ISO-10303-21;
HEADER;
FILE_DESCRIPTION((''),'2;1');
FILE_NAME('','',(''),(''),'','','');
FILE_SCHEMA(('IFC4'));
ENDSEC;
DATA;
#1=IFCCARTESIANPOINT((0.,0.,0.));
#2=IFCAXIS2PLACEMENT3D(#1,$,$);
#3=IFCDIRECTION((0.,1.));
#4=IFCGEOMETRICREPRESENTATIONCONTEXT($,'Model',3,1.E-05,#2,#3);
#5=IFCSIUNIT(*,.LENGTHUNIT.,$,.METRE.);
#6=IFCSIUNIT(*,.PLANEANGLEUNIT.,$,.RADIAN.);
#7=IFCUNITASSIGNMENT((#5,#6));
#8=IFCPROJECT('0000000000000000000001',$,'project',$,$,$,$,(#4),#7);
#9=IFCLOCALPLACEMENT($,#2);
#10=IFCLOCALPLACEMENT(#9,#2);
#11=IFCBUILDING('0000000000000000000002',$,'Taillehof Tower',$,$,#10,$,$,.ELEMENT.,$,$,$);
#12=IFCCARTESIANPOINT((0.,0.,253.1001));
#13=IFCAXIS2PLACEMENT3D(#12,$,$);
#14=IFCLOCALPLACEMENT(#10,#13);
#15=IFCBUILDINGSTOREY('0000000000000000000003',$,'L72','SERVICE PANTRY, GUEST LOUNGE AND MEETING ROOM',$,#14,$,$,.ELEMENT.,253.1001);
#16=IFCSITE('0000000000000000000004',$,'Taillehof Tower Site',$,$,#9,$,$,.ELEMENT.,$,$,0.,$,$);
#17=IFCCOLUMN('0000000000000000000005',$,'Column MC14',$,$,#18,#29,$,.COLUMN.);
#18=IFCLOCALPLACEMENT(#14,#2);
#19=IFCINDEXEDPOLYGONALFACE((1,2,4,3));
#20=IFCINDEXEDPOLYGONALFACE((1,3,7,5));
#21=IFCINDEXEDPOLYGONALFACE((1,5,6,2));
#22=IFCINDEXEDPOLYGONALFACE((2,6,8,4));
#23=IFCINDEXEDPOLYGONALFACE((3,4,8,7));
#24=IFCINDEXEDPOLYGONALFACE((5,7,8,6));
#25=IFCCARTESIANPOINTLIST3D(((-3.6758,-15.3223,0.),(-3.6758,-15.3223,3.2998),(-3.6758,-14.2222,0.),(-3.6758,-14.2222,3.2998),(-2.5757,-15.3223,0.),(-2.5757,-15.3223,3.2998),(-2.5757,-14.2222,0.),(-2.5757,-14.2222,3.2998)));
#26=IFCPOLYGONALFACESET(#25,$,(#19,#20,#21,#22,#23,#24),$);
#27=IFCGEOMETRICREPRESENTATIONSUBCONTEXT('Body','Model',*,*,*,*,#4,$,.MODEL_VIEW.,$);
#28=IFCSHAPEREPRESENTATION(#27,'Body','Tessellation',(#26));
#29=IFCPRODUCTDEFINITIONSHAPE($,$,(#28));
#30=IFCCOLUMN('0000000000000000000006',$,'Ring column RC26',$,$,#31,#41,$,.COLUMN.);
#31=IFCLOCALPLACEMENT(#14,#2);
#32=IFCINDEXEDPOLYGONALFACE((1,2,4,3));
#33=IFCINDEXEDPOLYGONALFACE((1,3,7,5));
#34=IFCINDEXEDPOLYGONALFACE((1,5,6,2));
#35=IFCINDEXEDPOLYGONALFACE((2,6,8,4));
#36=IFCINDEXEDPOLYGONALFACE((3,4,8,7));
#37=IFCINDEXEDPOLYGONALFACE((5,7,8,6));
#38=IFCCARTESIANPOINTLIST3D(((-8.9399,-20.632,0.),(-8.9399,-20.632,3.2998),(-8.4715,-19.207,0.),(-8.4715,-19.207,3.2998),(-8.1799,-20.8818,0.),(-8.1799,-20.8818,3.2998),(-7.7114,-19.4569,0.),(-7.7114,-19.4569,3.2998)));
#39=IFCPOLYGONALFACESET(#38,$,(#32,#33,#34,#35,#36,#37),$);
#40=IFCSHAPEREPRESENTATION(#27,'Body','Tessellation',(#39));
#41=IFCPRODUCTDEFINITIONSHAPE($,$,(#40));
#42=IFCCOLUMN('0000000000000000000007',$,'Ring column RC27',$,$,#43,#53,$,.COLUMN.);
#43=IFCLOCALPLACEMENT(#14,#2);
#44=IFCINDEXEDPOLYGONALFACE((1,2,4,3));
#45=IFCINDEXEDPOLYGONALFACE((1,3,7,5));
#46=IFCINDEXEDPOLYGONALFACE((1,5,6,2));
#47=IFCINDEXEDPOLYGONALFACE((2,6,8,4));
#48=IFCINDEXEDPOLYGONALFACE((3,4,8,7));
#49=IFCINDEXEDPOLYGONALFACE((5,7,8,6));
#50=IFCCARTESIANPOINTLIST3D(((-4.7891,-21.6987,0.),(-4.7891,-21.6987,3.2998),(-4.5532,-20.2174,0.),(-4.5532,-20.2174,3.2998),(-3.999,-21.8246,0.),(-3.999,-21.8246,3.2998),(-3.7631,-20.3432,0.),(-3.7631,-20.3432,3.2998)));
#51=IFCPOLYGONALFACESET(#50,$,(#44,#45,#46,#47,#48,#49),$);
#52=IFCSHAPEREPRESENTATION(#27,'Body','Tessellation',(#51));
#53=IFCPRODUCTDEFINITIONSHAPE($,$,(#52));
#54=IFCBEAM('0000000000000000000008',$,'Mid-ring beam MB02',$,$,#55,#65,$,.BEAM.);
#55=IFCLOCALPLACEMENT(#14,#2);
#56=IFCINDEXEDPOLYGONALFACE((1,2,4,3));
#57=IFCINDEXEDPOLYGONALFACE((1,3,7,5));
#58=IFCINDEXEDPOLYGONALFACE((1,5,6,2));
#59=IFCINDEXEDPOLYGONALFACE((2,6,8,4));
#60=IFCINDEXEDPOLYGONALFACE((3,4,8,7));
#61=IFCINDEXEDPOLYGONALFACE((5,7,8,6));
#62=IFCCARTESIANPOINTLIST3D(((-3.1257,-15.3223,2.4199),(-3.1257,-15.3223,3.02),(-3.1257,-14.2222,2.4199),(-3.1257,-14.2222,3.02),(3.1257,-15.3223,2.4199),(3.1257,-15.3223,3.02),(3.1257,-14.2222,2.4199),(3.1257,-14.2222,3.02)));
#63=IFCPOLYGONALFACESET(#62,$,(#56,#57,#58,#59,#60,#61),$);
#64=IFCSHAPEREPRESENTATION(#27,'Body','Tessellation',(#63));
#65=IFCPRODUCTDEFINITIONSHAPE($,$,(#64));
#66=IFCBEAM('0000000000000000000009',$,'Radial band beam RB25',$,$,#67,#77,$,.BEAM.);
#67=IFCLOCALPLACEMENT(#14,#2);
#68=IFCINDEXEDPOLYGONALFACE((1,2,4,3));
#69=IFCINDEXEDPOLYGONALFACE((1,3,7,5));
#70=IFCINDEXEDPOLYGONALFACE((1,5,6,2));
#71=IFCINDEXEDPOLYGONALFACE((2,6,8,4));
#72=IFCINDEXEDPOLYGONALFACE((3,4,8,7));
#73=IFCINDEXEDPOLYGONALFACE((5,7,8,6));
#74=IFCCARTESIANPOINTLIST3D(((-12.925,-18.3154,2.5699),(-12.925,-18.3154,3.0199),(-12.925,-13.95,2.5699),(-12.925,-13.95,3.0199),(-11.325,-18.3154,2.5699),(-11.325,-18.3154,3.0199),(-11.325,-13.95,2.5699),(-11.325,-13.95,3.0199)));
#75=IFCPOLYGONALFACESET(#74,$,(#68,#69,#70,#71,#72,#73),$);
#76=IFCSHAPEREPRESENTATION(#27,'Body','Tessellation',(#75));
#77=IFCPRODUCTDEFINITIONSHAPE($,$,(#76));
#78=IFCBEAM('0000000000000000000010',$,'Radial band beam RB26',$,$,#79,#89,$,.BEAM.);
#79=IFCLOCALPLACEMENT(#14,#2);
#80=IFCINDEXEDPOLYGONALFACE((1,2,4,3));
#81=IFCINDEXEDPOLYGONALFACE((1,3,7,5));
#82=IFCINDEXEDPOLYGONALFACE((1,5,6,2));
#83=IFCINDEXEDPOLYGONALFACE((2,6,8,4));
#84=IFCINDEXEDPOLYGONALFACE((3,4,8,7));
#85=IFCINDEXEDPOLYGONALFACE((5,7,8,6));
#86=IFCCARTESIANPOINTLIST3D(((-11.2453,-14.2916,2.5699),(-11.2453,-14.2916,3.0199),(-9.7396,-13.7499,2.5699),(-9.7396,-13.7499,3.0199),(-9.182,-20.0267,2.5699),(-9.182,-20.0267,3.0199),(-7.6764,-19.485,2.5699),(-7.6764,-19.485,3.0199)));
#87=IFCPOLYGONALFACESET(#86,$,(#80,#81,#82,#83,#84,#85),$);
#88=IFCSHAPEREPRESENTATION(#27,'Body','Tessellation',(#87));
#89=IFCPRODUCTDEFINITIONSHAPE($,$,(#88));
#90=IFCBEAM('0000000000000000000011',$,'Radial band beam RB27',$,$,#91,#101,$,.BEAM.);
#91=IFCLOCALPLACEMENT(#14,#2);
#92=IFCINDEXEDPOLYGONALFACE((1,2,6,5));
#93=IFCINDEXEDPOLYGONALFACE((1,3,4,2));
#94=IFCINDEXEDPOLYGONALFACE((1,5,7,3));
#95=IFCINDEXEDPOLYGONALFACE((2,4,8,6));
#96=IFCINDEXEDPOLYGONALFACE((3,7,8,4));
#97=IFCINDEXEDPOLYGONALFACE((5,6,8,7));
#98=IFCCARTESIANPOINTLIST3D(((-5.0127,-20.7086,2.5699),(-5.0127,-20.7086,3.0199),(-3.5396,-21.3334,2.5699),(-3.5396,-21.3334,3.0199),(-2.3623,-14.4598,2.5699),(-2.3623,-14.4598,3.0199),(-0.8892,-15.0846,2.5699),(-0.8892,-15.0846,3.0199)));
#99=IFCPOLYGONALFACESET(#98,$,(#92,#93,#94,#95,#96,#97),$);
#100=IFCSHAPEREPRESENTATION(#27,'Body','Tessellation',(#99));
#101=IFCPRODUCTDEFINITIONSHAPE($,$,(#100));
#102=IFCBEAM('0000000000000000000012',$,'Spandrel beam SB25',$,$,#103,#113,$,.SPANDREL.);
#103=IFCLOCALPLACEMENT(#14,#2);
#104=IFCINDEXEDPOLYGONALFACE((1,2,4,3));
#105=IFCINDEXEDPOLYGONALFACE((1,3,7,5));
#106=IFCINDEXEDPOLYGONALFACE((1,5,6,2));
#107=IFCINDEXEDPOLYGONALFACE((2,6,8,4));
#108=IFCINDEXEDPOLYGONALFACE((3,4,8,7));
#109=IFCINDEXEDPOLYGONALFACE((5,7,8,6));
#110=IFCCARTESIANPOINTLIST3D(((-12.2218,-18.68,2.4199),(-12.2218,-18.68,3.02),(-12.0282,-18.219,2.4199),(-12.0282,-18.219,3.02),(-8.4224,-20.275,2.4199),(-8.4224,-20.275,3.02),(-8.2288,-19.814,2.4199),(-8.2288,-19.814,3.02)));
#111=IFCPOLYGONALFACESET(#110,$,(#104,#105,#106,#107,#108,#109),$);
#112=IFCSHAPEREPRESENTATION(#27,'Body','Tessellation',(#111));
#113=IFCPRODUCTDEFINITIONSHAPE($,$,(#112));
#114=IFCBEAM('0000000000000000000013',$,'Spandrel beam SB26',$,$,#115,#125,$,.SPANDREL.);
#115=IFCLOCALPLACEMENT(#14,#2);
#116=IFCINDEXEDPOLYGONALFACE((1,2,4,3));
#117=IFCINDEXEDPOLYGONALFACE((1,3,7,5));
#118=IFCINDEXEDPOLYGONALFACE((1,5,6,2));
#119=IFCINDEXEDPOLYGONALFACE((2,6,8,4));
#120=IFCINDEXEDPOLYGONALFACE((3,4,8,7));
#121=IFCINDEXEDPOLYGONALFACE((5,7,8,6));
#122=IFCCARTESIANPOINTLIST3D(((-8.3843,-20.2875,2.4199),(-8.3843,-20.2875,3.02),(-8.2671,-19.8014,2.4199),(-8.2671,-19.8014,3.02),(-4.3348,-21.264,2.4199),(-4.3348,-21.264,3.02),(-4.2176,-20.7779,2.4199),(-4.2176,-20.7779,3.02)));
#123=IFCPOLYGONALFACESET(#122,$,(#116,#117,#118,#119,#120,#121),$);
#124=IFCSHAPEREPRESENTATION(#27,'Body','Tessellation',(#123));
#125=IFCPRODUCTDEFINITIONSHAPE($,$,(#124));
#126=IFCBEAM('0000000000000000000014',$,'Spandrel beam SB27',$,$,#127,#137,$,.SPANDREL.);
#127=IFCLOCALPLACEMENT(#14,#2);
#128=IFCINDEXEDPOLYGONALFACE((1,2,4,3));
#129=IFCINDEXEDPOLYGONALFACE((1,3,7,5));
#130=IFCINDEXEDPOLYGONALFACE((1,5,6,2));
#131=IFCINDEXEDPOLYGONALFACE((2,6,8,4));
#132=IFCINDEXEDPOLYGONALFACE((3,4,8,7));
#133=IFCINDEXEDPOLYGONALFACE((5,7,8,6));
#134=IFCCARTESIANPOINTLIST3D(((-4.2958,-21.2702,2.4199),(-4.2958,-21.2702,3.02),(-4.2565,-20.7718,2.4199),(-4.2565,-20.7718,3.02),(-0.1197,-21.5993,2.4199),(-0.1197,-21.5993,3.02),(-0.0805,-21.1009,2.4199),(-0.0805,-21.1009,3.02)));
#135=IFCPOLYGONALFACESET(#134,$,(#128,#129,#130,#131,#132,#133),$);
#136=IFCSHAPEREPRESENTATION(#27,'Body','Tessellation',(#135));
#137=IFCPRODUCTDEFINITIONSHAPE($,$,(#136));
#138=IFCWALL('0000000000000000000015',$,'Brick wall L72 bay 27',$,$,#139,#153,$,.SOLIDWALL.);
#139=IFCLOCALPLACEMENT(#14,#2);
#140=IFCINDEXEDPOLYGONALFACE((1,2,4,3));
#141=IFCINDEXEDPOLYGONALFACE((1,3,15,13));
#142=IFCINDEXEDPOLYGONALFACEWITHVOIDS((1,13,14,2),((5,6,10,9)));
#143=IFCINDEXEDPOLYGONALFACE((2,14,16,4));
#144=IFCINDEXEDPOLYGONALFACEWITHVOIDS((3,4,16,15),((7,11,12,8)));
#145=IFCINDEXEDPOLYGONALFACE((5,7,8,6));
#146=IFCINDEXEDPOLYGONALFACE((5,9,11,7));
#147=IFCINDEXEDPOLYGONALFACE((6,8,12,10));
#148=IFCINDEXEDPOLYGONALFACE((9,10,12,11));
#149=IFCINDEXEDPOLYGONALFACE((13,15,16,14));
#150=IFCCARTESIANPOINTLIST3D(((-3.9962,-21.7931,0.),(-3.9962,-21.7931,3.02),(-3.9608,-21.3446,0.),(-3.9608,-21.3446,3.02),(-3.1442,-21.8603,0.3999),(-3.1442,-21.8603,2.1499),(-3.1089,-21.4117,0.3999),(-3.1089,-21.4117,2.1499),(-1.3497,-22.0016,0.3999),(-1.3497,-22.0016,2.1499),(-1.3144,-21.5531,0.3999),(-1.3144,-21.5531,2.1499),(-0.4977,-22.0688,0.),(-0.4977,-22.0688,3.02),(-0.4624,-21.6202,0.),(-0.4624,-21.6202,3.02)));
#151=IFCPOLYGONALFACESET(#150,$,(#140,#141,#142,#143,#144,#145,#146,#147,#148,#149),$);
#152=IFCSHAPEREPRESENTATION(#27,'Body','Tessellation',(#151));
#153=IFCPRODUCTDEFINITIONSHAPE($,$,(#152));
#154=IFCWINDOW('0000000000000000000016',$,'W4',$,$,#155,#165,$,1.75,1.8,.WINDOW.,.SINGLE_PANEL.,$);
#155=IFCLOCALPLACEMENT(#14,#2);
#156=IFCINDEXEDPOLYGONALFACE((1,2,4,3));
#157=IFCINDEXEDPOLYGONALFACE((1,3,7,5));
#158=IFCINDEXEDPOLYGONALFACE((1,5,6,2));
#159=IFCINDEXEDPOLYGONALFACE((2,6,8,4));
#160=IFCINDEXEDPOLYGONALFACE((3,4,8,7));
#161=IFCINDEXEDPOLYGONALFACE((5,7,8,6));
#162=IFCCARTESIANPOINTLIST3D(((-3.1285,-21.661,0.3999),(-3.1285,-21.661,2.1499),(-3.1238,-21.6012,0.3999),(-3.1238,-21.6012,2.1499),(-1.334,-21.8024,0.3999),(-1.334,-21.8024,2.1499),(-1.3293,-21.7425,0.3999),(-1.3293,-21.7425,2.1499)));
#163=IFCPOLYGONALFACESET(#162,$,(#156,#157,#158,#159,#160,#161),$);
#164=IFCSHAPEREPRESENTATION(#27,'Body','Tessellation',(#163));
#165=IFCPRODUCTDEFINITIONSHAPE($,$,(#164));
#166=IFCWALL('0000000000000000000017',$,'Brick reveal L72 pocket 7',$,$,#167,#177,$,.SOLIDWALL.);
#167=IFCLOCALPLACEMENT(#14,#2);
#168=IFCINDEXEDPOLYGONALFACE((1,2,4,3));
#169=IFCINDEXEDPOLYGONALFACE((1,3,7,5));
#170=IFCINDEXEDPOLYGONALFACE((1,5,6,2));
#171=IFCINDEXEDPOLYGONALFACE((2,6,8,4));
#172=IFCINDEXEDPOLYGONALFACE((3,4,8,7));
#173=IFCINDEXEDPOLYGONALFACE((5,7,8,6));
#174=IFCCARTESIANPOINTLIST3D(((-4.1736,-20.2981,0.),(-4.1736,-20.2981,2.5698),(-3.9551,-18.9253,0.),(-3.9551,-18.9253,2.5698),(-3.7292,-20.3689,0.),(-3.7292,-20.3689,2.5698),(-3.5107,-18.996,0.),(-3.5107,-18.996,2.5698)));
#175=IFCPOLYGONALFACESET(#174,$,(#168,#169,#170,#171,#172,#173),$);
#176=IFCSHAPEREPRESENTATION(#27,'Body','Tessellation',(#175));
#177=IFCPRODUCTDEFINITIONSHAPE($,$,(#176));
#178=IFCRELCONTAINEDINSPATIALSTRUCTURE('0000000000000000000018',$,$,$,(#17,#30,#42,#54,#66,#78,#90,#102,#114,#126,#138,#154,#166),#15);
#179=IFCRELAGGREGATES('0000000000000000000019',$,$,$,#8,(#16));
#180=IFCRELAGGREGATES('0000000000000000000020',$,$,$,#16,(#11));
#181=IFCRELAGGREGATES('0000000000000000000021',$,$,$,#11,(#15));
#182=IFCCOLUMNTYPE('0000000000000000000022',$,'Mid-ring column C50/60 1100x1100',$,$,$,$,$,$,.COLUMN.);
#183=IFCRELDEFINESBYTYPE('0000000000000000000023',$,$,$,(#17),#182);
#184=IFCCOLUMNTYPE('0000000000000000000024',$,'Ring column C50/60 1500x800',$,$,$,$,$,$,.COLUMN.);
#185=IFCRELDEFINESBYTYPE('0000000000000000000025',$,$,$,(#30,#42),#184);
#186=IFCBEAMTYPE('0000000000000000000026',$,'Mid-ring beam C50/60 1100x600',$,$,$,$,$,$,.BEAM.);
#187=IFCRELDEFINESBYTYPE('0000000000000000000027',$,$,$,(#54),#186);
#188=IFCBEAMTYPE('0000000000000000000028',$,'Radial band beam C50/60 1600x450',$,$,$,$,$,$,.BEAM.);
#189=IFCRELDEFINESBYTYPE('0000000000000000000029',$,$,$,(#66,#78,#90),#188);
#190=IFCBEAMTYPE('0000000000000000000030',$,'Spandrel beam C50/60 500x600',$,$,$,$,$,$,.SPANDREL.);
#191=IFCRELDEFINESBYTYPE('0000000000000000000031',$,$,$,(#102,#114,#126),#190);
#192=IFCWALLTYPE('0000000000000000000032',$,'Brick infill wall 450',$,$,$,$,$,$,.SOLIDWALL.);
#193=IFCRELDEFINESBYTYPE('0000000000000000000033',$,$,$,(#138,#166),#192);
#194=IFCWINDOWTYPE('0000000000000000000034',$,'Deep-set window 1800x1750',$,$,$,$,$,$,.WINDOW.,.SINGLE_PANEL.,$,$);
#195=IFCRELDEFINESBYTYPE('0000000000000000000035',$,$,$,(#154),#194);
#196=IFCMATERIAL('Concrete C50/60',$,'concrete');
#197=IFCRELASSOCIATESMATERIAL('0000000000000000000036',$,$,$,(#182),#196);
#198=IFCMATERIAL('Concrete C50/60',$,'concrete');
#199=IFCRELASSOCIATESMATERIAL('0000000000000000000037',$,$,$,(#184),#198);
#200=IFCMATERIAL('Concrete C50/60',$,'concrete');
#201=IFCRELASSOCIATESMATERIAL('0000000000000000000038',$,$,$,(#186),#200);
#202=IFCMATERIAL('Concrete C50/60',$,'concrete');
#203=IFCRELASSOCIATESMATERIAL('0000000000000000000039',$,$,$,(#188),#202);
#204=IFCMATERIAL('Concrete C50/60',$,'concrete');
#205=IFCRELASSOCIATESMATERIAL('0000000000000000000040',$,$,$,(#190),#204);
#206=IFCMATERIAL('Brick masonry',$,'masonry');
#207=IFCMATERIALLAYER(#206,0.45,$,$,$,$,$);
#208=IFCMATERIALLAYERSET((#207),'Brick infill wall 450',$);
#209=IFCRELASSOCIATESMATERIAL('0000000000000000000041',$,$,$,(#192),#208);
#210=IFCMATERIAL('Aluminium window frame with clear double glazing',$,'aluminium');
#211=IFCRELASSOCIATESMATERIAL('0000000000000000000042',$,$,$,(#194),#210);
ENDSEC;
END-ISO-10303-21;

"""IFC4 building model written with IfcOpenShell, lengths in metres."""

from ifc_helpers import new_model, si_unit, direction, frame, frame_2d, origin, origin_2d, place, context, subcontext, project, spatial, rectangle, extrude, material, layer, layer_set, material_profile, profile_set, type_object, element, fill, save


model = new_model("IFC4")

# Units and contexts
model_context = context("Model", 3, precision=1e-05, world=origin(), true_north=direction((0.0, 1.0)))
body_context = subcontext(model_context, "Body", "Model", "MODEL_VIEW")
ifc_project = project(units=[si_unit("LENGTHUNIT", "METRE"), si_unit("PLANEANGLEUNIT", "RADIAN")], contexts=[model_context])

# Site, building, storey
site_placement = place(None, origin())
site = spatial("IfcSite", under=ifc_project, at=site_placement, Name="Taillehof Tower Site", CompositionType="ELEMENT", RefElevation=0.0)
building_placement = place(site_placement, origin())
building = spatial("IfcBuilding", under=site, at=building_placement, Name="Taillehof Tower", CompositionType="ELEMENT")
storey_placement = place(building_placement, frame((0.0, 0.0, 253.1001)))
storey = spatial("IfcBuildingStorey", under=building, at=storey_placement, Name="L72", Description="SERVICE PANTRY, GUEST LOUNGE AND MEETING ROOM", CompositionType="ELEMENT", Elevation=253.1001)

# Columns
ifc_material_1 = material(Name="Concrete C50/60", Category="concrete")
ifc_material_profile_1 = material_profile(ifc_material_1, rectangle(XDim=1.1001, YDim=1.1001, at=origin_2d()), Name="RC 1100x1100")
ifc_profile_set_1 = profile_set([ifc_material_profile_1], Name="Concrete C50/60")
column_type_1 = type_object("IfcColumnType", Name="Mid-ring column C50/60 1100x1100", PredefinedType="COLUMN", material=ifc_profile_set_1)
column_placement = place(storey_placement, frame((-3.1257, -14.7722, 0.0), z_axis=(0.0, 0.0, 1.0), x_axis=(1.0, 0.0, 0.0)))
element("IfcColumn", 1, at=column_placement, inside=storey, type_object=column_type_1, Name="Column MC14", PredefinedType="COLUMN", context=body_context, shape_type="SweptSolid", body=[
    extrude(rectangle(XDim=1.1001, YDim=1.1001, at=origin_2d()), origin(), (0.0, 0.0, 1.0), 3.2998),
])
ifc_material_2 = material(Name="Concrete C50/60", Category="concrete")
ifc_material_profile_2 = material_profile(ifc_material_2, rectangle(XDim=1.5, YDim=0.8, at=origin_2d()), Name="RC 1500x800")
ifc_profile_set_2 = profile_set([ifc_material_profile_2], Name="Concrete C50/60")
column_type_2 = type_object("IfcColumnType", Name="Ring column C50/60 1500x800", PredefinedType="COLUMN", material=ifc_profile_set_2)
for number, where, z_axis, x_axis, name in (
    (2, (-8.3257, -20.0444, 0.0), (0.0, 0.0, 1.0), (-0.312304, -0.949982, 0.0), "Ring column RC26"),
    (3, (-4.2761, -21.021, 0.0), (0.0, 0.0, 1.0), (-0.157281, -0.987554, 0.0), "Ring column RC27"),
):
    element("IfcColumn", number, at=place(storey_placement, frame(where, z_axis=z_axis, x_axis=x_axis)), inside=storey, type_object=column_type_2, Name=name, PredefinedType="COLUMN", context=body_context, shape_type="SweptSolid", body=[
        extrude(rectangle(XDim=1.5, YDim=0.8, at=origin_2d()), origin(), (0.0, 0.0, 1.0), 3.2998),
    ])

# Beams
ifc_material_3 = material(Name="Concrete C50/60", Category="concrete")
ifc_material_profile_3 = material_profile(ifc_material_3, rectangle(XDim=1.1001, YDim=0.6001, at=origin_2d()), Name="RC 1100x600")
ifc_profile_set_3 = profile_set([ifc_material_profile_3], Name="Concrete C50/60")
beam_type_1 = type_object("IfcBeamType", Name="Mid-ring beam C50/60 1100x600", PredefinedType="BEAM", material=ifc_profile_set_3)
beam_1_placement = place(storey_placement, frame((-3.1257, -14.7722, 2.72), z_axis=(1.0, 0.0, 0.0), x_axis=(0.0, 1.0, 0.0)))
element("IfcBeam", 4, at=beam_1_placement, inside=storey, type_object=beam_type_1, Name="Mid-ring beam MB02", PredefinedType="BEAM", context=body_context, shape_type="SweptSolid", body=[
    extrude(rectangle(XDim=1.1001, YDim=0.6001, at=origin_2d()), origin(), (0.0, 0.0, 1.0), 6.2515),
])
ifc_material_4 = material(Name="Concrete C50/60", Category="concrete")
ifc_material_profile_4 = material_profile(ifc_material_4, rectangle(XDim=1.6001, YDim=0.45, at=origin_2d()), Name="RC 1600x450")
ifc_profile_set_4 = profile_set([ifc_material_profile_4], Name="Concrete C50/60")
beam_type_2 = type_object("IfcBeamType", Name="Radial band beam C50/60 1600x450", PredefinedType="BEAM", material=ifc_profile_set_4)
beam_2_placement = place(storey_placement, frame((-12.125, -18.3154, 2.7949), z_axis=(0.0, 1.0, 0.0), x_axis=(-1.0, 0.0, 0.0)))
element("IfcBeam", 5, at=beam_2_placement, inside=storey, type_object=beam_type_2, Name="Radial band beam RB25", PredefinedType="BEAM", context=body_context, shape_type="SweptSolid", body=[
    extrude(rectangle(XDim=1.6001, YDim=0.45, at=origin_2d()), origin(), (0.0, 0.0, 1.0), 4.3655),
])
beam_3_placement = place(storey_placement, frame((-8.4292, -19.7559, 2.7949), z_axis=(-0.338515, 0.940961, 0.0), x_axis=(-0.940961, -0.338515, 0.0)))
element("IfcBeam", 6, at=beam_3_placement, inside=storey, type_object=beam_type_2, Name="Radial band beam RB26", PredefinedType="BEAM", context=body_context, shape_type="SweptSolid", body=[
    extrude(rectangle(XDim=1.6001, YDim=0.45, at=origin_2d()), origin(), (0.0, 0.0, 1.0), 6.095),
])
beam_4_placement = place(storey_placement, frame((-4.2761, -21.021, 2.7949), z_axis=(0.390474, 0.920614, 0.0), x_axis=(-0.920614, 0.390474, 0.0)))
element("IfcBeam", 7, at=beam_4_placement, inside=storey, type_object=beam_type_2, Name="Radial band beam RB27", PredefinedType="BEAM", context=body_context, shape_type="SweptSolid", body=[
    extrude(rectangle(XDim=1.6001, YDim=0.45, at=origin_2d()), origin(), (0.0, 0.0, 1.0), 6.7876),
])
ifc_material_5 = material(Name="Concrete C50/60", Category="concrete")
ifc_material_profile_5 = material_profile(ifc_material_5, rectangle(XDim=0.5, YDim=0.6001, at=origin_2d()), Name="RC 500x600")
ifc_profile_set_5 = profile_set([ifc_material_profile_5], Name="Concrete C50/60")
beam_type_3 = type_object("IfcBeamType", Name="Spandrel beam C50/60 500x600", PredefinedType="SPANDREL", material=ifc_profile_set_5)
beam_5_placement = place(storey_placement, frame((-12.125, -18.4495, 2.72), z_axis=(0.922046, -0.387079, 0.0), x_axis=(0.387079, 0.922046, 0.0)))
element("IfcBeam", 8, at=beam_5_placement, inside=storey, type_object=beam_type_3, Name="Spandrel beam SB25", PredefinedType="SPANDREL", context=body_context, shape_type="SweptSolid", body=[
    extrude(rectangle(XDim=0.5, YDim=0.6001, at=origin_2d()), origin(), (0.0, 0.0, 1.0), 4.1206),
])
beam_6_placement = place(storey_placement, frame((-8.3257, -20.0444, 2.72), z_axis=(0.972132, -0.234432, 0.0), x_axis=(0.234432, 0.972132, 0.0)))
element("IfcBeam", 9, at=beam_6_placement, inside=storey, type_object=beam_type_3, Name="Spandrel beam SB26", PredefinedType="SPANDREL", context=body_context, shape_type="SweptSolid", body=[
    extrude(rectangle(XDim=0.5, YDim=0.6001, at=origin_2d()), origin(), (0.0, 0.0, 1.0), 4.1655),
])
beam_7_placement = place(storey_placement, frame((-4.2761, -21.021, 2.72), z_axis=(0.996909, -0.078564, 0.0), x_axis=(0.078564, 0.996909, 0.0)))
element("IfcBeam", 10, at=beam_7_placement, inside=storey, type_object=beam_type_3, Name="Spandrel beam SB27", PredefinedType="SPANDREL", context=body_context, shape_type="SweptSolid", body=[
    extrude(rectangle(XDim=0.5, YDim=0.6001, at=origin_2d()), origin(), (0.0, 0.0, 1.0), 4.189),
])

# Wall, opening, window
ifc_material_6 = material(Name="Brick masonry", Category="masonry")
ifc_layer_1 = layer(ifc_material_6, 0.45)
ifc_layer_set_1 = layer_set([ifc_layer_1], Name="Brick infill wall 450")
wall_type_1 = type_object("IfcWallType", Name="Brick infill wall 450", PredefinedType="SOLIDWALL", material=ifc_layer_set_1)
wall_1_placement = place(storey_placement, frame((-3.9785, -21.5688, 0.0), z_axis=(0.0, 0.0, 1.0), x_axis=(0.996911, -0.078542, 0.0)))
wall_1 = element("IfcWall", 11, at=wall_1_placement, inside=storey, type_object=wall_type_1, Name="Brick wall L72 bay 27", PredefinedType="SOLIDWALL", context=body_context, shape_type="SweptSolid", body=[
    extrude(rectangle(XDim=3.5093, YDim=0.45, at=frame_2d((1.7546, 0.0))), origin(), (0.0, 0.0, 1.0), 3.02),
])
opening_1_placement = place(wall_1_placement, frame((0.8547, 0.0, 0.3999)))
opening_1 = element("IfcOpeningElement", 12, at=opening_1_placement, cuts=wall_1, PredefinedType="OPENING", context=body_context, shape_type="SweptSolid", body=[
    extrude(rectangle(XDim=1.8, YDim=1.75, at=frame_2d((0.8999, 0.875))), frame((0.0, 0.2349, 0.0), z_axis=(0.0, -1.0, 0.0), x_axis=(1.0, 0.0, 0.0)), (0.0, 0.0, 1.0), 0.47),
])
ifc_material_7 = material(Name="Aluminium window frame with clear double glazing", Category="aluminium")
window_type_1 = type_object("IfcWindowType", Name="Deep-set window 1800x1750", PartitioningType="SINGLE_PANEL", PredefinedType="WINDOW", material=ifc_material_7)
window_1_placement = place(opening_1_placement, origin())
window_1 = element("IfcWindow", 13, at=window_1_placement, inside=storey, type_object=window_type_1, Name="W4", OverallHeight=1.75, OverallWidth=1.8, PartitioningType="SINGLE_PANEL", PredefinedType="WINDOW", context=body_context, shape_type="SweptSolid", body=[
    extrude(rectangle(XDim=1.8, YDim=1.75, at=frame_2d((0.8999, 0.875))), frame((0.0, 0.0349, 0.0), z_axis=(0.0, -1.0, 0.0), x_axis=(1.0, 0.0, 0.0)), (0.0, 0.0, 1.0), 0.0601),
])
fill(opening_1, window_1)

# Wall
wall_2_placement = place(storey_placement, frame((-3.9514, -20.3335, 0.0), z_axis=(0.0, 0.0, 1.0), x_axis=(0.157189, 0.987569, 0.0)))
element("IfcWall", 14, at=wall_2_placement, inside=storey, type_object=wall_type_1, Name="Brick reveal L72 pocket 7", PredefinedType="SOLIDWALL", context=body_context, shape_type="SweptSolid", body=[
    extrude(rectangle(XDim=1.3901, YDim=0.45, at=frame_2d((0.6951, 0.0))), origin(), (0.0, 0.0, 1.0), 2.5698),
])

save(model, "model.ifc")
